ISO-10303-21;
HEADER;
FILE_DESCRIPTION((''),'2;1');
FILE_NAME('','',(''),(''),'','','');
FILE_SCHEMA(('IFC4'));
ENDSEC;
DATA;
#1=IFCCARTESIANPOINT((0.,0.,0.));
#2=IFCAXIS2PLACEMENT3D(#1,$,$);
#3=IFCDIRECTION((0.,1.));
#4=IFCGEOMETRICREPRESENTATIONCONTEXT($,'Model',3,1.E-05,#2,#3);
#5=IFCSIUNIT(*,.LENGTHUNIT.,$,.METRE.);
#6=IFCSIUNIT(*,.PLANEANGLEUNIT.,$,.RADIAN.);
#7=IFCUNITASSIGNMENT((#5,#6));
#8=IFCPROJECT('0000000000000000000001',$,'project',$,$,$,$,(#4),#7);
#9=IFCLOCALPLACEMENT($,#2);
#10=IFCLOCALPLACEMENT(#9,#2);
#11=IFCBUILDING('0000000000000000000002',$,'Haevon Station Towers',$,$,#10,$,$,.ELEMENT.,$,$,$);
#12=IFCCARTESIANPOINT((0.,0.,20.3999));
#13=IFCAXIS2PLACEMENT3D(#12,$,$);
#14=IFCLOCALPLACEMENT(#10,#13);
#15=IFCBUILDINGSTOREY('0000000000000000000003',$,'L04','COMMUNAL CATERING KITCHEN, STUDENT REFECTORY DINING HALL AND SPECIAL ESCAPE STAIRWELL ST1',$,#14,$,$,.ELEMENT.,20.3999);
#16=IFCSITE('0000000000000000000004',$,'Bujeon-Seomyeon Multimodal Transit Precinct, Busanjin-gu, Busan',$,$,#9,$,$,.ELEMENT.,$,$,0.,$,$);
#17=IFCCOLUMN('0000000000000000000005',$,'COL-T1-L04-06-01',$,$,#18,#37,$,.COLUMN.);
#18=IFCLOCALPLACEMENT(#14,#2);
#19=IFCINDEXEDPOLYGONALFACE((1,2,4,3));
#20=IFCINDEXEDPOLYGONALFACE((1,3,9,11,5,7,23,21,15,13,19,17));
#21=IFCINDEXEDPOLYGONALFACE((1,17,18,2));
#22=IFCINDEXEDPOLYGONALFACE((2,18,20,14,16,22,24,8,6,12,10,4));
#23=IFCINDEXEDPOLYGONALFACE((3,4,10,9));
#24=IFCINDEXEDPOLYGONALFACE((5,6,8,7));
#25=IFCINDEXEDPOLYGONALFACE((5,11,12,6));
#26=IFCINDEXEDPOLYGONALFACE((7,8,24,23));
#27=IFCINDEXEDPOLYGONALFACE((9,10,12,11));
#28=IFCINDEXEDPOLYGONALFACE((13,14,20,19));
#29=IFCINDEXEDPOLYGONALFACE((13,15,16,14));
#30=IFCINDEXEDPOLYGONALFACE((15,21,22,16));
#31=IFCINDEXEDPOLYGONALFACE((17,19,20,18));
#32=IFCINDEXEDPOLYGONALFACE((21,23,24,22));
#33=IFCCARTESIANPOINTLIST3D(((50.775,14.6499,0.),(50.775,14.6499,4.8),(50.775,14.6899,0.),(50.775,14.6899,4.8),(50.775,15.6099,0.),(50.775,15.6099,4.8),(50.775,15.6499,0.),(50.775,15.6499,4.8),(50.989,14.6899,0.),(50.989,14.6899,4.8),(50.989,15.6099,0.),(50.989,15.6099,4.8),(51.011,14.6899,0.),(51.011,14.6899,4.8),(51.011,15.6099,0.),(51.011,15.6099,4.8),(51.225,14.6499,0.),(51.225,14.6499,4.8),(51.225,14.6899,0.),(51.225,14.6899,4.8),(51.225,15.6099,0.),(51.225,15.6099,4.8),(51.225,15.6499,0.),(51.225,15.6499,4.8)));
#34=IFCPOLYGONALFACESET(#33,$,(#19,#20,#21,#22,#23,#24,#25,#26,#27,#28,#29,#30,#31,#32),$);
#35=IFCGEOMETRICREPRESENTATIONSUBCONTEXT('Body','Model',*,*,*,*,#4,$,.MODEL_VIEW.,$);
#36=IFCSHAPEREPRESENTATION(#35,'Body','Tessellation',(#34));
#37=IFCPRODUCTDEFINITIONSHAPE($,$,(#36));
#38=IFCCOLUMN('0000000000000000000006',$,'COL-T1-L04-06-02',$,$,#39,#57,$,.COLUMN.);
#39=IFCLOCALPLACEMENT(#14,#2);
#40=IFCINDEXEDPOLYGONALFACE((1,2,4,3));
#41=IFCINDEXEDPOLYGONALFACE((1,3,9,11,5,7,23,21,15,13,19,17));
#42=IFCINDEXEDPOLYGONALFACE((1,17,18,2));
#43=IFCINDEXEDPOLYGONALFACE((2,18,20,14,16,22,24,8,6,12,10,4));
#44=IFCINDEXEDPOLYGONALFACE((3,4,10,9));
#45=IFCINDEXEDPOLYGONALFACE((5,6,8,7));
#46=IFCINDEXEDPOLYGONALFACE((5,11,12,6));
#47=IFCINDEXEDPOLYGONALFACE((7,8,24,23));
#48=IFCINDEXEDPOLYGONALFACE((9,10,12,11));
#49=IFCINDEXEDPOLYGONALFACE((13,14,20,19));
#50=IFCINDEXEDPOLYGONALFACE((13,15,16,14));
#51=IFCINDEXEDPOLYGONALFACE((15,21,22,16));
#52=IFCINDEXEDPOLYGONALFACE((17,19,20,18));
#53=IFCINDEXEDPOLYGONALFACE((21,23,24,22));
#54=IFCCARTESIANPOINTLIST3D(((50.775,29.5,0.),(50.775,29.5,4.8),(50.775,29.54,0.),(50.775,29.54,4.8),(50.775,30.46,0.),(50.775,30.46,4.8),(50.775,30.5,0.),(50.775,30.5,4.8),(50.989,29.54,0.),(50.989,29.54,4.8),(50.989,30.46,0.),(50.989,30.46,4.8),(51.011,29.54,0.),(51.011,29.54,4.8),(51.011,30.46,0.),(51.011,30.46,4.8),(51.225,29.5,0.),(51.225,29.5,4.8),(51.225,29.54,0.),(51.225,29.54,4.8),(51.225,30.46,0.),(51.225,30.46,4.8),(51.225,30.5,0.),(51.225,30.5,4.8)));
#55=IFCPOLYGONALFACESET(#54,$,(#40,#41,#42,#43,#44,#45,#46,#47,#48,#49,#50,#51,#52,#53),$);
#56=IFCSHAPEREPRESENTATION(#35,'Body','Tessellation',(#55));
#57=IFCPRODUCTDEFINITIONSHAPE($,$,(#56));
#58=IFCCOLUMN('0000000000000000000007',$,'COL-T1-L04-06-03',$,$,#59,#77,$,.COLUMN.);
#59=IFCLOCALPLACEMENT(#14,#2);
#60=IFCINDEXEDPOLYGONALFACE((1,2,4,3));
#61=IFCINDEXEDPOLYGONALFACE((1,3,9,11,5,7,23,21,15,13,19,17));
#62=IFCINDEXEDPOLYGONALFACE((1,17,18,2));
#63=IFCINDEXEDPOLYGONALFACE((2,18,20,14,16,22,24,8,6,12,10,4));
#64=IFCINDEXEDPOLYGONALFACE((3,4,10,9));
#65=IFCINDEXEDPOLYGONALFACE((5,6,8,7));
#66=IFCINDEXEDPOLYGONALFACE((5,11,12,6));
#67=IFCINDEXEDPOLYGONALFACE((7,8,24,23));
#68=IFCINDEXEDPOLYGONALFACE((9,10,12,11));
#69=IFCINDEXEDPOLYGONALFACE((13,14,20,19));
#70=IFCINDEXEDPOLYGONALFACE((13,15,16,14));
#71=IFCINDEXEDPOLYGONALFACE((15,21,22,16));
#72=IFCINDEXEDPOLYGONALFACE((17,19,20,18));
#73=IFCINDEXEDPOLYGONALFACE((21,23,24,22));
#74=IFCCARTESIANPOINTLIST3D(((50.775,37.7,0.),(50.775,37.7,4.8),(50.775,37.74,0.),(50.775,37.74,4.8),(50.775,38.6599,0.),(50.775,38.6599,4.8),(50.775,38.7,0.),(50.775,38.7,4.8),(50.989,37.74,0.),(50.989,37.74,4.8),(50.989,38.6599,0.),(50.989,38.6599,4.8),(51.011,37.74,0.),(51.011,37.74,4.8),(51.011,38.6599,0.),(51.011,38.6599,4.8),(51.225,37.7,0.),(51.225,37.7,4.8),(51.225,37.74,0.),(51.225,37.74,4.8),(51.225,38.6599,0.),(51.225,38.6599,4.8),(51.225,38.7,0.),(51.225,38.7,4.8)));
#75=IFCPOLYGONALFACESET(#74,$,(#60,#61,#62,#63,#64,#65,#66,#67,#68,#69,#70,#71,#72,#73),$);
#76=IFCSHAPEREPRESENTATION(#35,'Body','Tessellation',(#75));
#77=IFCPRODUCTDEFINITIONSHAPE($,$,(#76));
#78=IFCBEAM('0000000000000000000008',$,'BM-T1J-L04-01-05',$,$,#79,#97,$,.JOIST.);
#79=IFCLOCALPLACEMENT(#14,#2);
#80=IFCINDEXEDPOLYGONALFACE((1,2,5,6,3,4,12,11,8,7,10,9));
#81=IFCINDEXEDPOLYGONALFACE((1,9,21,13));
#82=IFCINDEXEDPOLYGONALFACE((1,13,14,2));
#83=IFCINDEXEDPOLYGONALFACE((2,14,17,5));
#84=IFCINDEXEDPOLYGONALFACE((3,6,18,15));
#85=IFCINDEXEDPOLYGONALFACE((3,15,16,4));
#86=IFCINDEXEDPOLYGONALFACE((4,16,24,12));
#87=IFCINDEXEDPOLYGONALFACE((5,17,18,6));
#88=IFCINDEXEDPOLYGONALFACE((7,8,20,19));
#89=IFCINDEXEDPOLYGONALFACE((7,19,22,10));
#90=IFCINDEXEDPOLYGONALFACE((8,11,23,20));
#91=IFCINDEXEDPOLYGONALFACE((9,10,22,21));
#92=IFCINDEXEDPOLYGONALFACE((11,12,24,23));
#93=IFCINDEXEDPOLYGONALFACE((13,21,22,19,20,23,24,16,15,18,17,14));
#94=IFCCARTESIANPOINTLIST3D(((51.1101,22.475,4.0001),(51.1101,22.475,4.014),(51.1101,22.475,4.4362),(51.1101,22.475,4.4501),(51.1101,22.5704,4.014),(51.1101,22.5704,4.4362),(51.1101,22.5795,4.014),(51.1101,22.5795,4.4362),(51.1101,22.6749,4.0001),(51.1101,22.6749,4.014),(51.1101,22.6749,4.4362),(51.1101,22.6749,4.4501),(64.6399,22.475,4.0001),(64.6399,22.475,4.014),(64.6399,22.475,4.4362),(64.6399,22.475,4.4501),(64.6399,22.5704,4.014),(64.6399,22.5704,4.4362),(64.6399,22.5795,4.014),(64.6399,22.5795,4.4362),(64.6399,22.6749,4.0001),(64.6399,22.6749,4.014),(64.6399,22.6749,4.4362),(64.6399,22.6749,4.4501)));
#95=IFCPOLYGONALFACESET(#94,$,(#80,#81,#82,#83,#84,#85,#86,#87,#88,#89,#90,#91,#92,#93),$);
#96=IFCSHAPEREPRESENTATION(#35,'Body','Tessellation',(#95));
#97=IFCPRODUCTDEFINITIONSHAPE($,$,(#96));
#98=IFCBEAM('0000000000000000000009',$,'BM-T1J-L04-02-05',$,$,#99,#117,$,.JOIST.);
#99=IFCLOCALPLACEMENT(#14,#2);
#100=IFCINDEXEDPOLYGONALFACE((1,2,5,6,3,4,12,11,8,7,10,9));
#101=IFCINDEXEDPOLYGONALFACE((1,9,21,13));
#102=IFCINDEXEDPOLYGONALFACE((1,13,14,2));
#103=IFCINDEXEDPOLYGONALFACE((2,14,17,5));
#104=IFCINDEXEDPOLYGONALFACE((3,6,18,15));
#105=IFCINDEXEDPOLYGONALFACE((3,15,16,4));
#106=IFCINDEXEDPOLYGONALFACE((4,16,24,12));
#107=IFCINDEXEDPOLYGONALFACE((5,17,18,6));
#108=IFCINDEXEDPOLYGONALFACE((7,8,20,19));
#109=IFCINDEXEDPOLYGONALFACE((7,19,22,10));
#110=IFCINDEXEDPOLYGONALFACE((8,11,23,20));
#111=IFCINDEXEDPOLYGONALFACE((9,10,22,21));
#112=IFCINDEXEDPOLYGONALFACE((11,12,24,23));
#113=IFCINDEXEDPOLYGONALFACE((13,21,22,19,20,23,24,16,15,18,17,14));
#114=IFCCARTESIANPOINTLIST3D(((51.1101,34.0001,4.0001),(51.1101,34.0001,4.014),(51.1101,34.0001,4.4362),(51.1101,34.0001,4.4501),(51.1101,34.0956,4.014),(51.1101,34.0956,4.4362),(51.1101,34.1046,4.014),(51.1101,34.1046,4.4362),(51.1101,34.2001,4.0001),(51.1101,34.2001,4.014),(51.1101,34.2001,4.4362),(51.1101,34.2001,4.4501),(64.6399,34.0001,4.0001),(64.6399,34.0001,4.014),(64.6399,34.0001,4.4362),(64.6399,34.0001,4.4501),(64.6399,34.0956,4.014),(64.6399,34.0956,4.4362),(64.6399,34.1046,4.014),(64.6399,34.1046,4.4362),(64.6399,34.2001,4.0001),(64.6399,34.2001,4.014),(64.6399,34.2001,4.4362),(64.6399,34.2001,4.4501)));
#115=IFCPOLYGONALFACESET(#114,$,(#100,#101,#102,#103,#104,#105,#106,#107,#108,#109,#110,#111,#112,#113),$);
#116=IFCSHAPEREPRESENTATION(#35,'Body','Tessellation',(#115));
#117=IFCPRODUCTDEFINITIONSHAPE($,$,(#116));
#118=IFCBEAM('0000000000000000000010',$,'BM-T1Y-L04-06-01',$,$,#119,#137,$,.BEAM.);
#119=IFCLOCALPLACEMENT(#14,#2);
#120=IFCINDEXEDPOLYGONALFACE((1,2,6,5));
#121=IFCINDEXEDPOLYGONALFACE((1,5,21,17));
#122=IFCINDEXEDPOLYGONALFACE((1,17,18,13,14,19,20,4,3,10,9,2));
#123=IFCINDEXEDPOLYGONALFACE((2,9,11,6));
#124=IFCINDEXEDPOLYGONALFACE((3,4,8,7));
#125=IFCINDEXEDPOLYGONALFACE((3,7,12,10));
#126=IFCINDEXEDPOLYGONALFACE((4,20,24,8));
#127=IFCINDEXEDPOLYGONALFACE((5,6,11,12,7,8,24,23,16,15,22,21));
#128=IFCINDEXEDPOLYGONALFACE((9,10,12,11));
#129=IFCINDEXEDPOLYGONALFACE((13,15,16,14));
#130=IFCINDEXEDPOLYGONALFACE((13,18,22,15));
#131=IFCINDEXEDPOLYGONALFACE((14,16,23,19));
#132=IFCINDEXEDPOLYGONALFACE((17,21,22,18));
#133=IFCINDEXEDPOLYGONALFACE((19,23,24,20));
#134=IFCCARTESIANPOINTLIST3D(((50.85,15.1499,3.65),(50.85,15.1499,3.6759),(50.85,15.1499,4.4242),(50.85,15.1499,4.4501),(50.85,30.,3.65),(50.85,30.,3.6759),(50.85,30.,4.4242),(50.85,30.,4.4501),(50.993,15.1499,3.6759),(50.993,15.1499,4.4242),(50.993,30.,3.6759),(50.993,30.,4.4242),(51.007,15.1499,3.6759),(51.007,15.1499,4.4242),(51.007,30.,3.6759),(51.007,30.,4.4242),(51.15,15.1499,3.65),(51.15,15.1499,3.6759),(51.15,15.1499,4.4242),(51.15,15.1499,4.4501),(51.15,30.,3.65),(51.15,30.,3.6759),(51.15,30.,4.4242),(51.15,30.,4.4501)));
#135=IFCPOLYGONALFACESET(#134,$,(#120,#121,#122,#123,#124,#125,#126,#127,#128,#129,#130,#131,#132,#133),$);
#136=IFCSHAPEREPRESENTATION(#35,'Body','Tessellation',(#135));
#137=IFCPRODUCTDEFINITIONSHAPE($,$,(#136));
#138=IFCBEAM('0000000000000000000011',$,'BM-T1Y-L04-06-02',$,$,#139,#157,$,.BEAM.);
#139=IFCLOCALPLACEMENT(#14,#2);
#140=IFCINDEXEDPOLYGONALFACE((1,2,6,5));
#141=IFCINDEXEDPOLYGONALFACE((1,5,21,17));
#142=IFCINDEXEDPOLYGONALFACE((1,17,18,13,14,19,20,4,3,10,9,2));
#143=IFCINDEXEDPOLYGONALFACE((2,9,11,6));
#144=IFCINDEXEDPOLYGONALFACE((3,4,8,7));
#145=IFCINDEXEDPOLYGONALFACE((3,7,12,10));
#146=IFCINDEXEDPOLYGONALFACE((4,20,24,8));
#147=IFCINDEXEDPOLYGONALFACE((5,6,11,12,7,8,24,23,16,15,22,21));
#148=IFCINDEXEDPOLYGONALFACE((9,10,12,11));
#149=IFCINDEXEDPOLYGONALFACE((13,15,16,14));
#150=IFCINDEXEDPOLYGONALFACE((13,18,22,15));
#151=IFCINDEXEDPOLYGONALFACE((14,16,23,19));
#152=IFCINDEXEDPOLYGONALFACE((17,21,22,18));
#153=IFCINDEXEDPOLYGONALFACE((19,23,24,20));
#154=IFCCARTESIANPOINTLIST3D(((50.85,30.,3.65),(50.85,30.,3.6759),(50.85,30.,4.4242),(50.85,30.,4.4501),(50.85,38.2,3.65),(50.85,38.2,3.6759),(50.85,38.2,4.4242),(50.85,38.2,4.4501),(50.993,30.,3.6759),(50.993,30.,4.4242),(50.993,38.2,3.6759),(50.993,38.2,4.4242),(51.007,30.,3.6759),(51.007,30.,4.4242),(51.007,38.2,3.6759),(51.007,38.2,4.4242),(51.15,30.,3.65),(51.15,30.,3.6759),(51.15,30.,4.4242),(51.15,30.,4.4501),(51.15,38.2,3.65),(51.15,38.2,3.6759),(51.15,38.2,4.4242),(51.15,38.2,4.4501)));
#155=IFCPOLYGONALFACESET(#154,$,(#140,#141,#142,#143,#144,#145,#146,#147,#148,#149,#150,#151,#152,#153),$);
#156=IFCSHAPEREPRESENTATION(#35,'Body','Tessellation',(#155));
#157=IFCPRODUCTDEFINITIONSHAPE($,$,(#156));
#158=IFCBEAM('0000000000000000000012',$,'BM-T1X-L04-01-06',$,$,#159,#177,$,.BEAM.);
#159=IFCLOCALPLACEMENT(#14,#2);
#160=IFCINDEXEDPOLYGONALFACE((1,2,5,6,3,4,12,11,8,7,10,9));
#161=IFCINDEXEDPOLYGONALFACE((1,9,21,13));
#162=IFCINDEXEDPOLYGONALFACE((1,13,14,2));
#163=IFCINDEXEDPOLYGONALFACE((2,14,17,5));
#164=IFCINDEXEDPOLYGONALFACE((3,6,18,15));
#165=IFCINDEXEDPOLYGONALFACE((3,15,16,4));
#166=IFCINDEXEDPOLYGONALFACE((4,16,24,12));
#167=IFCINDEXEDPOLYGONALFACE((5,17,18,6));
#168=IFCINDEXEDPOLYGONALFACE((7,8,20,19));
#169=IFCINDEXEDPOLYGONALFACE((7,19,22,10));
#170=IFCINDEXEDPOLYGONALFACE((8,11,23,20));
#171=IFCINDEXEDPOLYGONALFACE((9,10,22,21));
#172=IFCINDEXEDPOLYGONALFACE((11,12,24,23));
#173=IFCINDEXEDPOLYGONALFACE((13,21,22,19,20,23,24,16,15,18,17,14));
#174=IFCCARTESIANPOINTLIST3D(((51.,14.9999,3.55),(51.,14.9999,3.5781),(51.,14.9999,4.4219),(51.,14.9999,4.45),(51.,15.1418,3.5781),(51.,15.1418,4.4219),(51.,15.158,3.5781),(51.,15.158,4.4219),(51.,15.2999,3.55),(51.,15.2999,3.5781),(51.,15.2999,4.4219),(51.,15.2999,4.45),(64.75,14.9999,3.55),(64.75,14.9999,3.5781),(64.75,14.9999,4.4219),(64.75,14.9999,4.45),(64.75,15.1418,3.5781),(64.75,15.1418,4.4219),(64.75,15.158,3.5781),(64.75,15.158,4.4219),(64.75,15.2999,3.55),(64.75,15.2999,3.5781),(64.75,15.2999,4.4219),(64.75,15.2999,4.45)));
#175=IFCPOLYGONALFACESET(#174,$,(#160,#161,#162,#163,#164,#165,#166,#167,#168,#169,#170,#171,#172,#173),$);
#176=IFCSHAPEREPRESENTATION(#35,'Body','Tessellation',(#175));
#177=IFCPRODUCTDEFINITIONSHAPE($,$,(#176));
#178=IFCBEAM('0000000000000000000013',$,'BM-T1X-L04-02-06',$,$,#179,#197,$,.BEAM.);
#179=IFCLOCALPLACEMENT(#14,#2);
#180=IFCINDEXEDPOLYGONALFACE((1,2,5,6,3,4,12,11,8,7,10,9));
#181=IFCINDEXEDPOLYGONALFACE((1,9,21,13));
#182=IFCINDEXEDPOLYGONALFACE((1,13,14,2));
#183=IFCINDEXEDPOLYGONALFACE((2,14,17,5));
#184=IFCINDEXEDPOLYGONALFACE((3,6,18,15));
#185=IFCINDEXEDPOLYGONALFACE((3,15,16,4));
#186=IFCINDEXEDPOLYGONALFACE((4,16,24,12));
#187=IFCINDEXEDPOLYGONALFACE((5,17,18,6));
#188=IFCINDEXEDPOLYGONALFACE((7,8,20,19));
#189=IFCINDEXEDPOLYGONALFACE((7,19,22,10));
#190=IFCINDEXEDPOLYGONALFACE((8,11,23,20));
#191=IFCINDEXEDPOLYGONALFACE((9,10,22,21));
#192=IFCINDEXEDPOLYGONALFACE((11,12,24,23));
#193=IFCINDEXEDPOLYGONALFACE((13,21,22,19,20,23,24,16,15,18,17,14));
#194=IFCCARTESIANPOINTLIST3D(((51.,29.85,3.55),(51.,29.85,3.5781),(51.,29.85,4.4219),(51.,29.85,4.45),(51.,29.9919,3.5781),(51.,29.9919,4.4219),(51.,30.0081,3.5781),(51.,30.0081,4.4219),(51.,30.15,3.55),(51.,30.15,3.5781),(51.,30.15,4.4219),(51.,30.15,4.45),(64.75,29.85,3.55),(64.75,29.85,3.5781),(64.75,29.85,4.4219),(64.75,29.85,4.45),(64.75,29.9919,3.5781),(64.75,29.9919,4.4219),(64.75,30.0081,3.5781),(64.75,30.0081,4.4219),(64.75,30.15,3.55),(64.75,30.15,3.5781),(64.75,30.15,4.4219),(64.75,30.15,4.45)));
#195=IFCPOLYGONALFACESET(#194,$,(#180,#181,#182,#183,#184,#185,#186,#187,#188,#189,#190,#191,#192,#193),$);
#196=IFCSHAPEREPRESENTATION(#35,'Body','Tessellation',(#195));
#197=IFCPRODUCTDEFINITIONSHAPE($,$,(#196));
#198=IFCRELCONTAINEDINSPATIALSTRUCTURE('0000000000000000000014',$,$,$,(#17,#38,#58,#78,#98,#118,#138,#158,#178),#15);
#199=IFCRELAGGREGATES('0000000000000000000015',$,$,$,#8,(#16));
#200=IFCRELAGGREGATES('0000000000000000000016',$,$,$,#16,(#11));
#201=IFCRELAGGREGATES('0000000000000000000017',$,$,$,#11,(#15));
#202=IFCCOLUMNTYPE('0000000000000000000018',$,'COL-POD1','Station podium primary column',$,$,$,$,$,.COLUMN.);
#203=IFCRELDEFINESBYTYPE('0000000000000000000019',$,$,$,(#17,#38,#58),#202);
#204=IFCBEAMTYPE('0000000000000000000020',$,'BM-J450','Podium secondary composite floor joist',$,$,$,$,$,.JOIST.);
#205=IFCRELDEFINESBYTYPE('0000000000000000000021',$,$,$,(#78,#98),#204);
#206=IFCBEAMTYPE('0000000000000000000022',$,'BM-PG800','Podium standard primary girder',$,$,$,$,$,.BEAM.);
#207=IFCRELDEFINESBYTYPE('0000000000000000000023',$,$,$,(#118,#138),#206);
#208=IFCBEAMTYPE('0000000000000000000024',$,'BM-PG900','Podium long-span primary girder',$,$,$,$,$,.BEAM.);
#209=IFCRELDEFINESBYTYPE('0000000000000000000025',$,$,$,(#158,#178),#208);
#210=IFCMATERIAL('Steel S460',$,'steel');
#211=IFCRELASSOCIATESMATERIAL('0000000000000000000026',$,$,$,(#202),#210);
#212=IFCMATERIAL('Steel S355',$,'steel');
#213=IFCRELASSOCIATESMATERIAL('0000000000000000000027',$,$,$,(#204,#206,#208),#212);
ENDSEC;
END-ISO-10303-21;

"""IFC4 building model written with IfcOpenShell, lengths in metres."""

from ifc_helpers import new_model, si_unit, direction, frame, origin, origin_2d, place, context, subcontext, project, spatial, i_section, extrude, material, material_profile, profile_set, type_object, element, save


model = new_model("IFC4")

# Units and contexts
model_context = context("Model", 3, precision=1e-05, world=origin(), true_north=direction((0.0, 1.0)))
body_context = subcontext(model_context, "Body", "Model", "MODEL_VIEW")
ifc_project = project(units=[si_unit("LENGTHUNIT", "METRE"), si_unit("PLANEANGLEUNIT", "RADIAN")], contexts=[model_context])

# Site, building, storey
site_placement = place(None, origin())
site = spatial("IfcSite", under=ifc_project, at=site_placement, Name="Bujeon-Seomyeon Multimodal Transit Precinct, Busanjin-gu, Busan", CompositionType="ELEMENT", RefElevation=0.0)
building_placement = place(site_placement, origin())
building = spatial("IfcBuilding", under=site, at=building_placement, Name="Haevon Station Towers", CompositionType="ELEMENT")
storey_placement = place(building_placement, frame((0.0, 0.0, 20.3999)))
storey = spatial("IfcBuildingStorey", under=building, at=storey_placement, Name="L04", Description="COMMUNAL CATERING KITCHEN, STUDENT REFECTORY DINING HALL AND SPECIAL ESCAPE STAIRWELL ST1", CompositionType="ELEMENT", Elevation=20.3999)

# Columns
ifc_material_1 = material(Name="Steel S460", Category="steel")
ifc_material_profile_1 = material_profile(ifc_material_1, i_section(OverallWidth=0.45, OverallDepth=1.0, WebThickness=0.022, FlangeThickness=0.04, at=origin_2d()), Name="H-1000x450x22x40")
ifc_profile_set_1 = profile_set([ifc_material_profile_1], Name="Steel S460")
column_type = type_object("IfcColumnType", Name="COL-POD1", Description="Station podium primary column", PredefinedType="COLUMN", material=ifc_profile_set_1)
for number, where, z_axis, x_axis, name in (
    (1, (51.0, 15.1499, 0.0), (0.0, 0.0, 1.0), (1.0, 0.0, 0.0), "COL-T1-L04-06-01"),
    (2, (51.0, 30.0, 0.0), (0.0, 0.0, 1.0), (1.0, 0.0, 0.0), "COL-T1-L04-06-02"),
    (3, (51.0, 38.2, 0.0), (0.0, 0.0, 1.0), (1.0, 0.0, 0.0), "COL-T1-L04-06-03"),
):
    element("IfcColumn", number, at=place(storey_placement, frame(where, z_axis=z_axis, x_axis=x_axis)), inside=storey, type_object=column_type, Name=name, PredefinedType="COLUMN", context=body_context, shape_type="SweptSolid", body=[
        extrude(i_section(OverallWidth=0.45, OverallDepth=1.0, WebThickness=0.022, FlangeThickness=0.04, at=origin_2d()), origin(), (0.0, 0.0, 1.0), 4.8),
    ])

# Beams
ifc_material_2 = material(Name="Steel S355", Category="steel")
ifc_material_profile_2 = material_profile(ifc_material_2, i_section(OverallWidth=0.2, OverallDepth=0.45, WebThickness=0.009, FlangeThickness=0.0139, at=origin_2d()), Name="H-450x200x9x14")
ifc_profile_set_2 = profile_set([ifc_material_profile_2], Name="Steel S355")
beam_type_1 = type_object("IfcBeamType", Name="BM-J450", Description="Podium secondary composite floor joist", PredefinedType="JOIST", material=ifc_profile_set_2)
for number, where, z_axis, x_axis, name in (
    (4, (51.1101, 22.575, 4.2251), (1.0, 0.0, 0.0), (0.0, 1.0, 0.0), "BM-T1J-L04-01-05"),
    (5, (51.1101, 34.1001, 4.2251), (1.0, 0.0, 0.0), (0.0, 1.0, 0.0), "BM-T1J-L04-02-05"),
):
    element("IfcBeam", number, at=place(storey_placement, frame(where, z_axis=z_axis, x_axis=x_axis)), inside=storey, type_object=beam_type_1, Name=name, PredefinedType="JOIST", context=body_context, shape_type="SweptSolid", body=[
        extrude(i_section(OverallWidth=0.2, OverallDepth=0.45, WebThickness=0.009, FlangeThickness=0.0139, at=origin_2d()), origin(), (0.0, 0.0, 1.0), 13.5298),
    ])
ifc_material_profile_3 = material_profile(ifc_material_2, i_section(OverallWidth=0.3, OverallDepth=0.8, WebThickness=0.0139, FlangeThickness=0.0259, at=origin_2d()), Name="H-800x300x14x26")
ifc_profile_set_3 = profile_set([ifc_material_profile_3], Name="Steel S355")
beam_type_2 = type_object("IfcBeamType", Name="BM-PG800", Description="Podium standard primary girder", PredefinedType="BEAM", material=ifc_profile_set_3)
beam_1_placement = place(storey_placement, frame((51.0, 15.1499, 4.05), z_axis=(0.0, 1.0, 0.0), x_axis=(-1.0, 0.0, 0.0)))
element("IfcBeam", 6, at=beam_1_placement, inside=storey, type_object=beam_type_2, Name="BM-T1Y-L04-06-01", PredefinedType="BEAM", context=body_context, shape_type="SweptSolid", body=[
    extrude(i_section(OverallWidth=0.3, OverallDepth=0.8, WebThickness=0.0139, FlangeThickness=0.0259, at=origin_2d()), origin(), (0.0, 0.0, 1.0), 14.8501),
])
beam_2_placement = place(storey_placement, frame((51.0, 30.0, 4.05), z_axis=(0.0, 1.0, 0.0), x_axis=(-1.0, 0.0, 0.0)))
element("IfcBeam", 7, at=beam_2_placement, inside=storey, type_object=beam_type_2, Name="BM-T1Y-L04-06-02", PredefinedType="BEAM", context=body_context, shape_type="SweptSolid", body=[
    extrude(i_section(OverallWidth=0.3, OverallDepth=0.8, WebThickness=0.0139, FlangeThickness=0.0259, at=origin_2d()), origin(), (0.0, 0.0, 1.0), 8.2),
])
ifc_material_profile_4 = material_profile(ifc_material_2, i_section(OverallWidth=0.3, OverallDepth=0.8999, WebThickness=0.0161, FlangeThickness=0.0281, at=origin_2d()), Name="H-900x300x16x28")
ifc_profile_set_4 = profile_set([ifc_material_profile_4], Name="Steel S355")
beam_type_3 = type_object("IfcBeamType", Name="BM-PG900", Description="Podium long-span primary girder", PredefinedType="BEAM", material=ifc_profile_set_4)
for number, where, z_axis, x_axis, name in (
    (8, (51.0, 15.1499, 4.0), (1.0, 0.0, 0.0), (0.0, 1.0, 0.0), "BM-T1X-L04-01-06"),
    (9, (51.0, 30.0, 4.0), (1.0, 0.0, 0.0), (0.0, 1.0, 0.0), "BM-T1X-L04-02-06"),
):
    element("IfcBeam", number, at=place(storey_placement, frame(where, z_axis=z_axis, x_axis=x_axis)), inside=storey, type_object=beam_type_3, Name=name, PredefinedType="BEAM", context=body_context, shape_type="SweptSolid", body=[
        extrude(i_section(OverallWidth=0.3, OverallDepth=0.8999, WebThickness=0.0161, FlangeThickness=0.0281, at=origin_2d()), origin(), (0.0, 0.0, 1.0), 13.75),
    ])

save(model, "model.ifc")
